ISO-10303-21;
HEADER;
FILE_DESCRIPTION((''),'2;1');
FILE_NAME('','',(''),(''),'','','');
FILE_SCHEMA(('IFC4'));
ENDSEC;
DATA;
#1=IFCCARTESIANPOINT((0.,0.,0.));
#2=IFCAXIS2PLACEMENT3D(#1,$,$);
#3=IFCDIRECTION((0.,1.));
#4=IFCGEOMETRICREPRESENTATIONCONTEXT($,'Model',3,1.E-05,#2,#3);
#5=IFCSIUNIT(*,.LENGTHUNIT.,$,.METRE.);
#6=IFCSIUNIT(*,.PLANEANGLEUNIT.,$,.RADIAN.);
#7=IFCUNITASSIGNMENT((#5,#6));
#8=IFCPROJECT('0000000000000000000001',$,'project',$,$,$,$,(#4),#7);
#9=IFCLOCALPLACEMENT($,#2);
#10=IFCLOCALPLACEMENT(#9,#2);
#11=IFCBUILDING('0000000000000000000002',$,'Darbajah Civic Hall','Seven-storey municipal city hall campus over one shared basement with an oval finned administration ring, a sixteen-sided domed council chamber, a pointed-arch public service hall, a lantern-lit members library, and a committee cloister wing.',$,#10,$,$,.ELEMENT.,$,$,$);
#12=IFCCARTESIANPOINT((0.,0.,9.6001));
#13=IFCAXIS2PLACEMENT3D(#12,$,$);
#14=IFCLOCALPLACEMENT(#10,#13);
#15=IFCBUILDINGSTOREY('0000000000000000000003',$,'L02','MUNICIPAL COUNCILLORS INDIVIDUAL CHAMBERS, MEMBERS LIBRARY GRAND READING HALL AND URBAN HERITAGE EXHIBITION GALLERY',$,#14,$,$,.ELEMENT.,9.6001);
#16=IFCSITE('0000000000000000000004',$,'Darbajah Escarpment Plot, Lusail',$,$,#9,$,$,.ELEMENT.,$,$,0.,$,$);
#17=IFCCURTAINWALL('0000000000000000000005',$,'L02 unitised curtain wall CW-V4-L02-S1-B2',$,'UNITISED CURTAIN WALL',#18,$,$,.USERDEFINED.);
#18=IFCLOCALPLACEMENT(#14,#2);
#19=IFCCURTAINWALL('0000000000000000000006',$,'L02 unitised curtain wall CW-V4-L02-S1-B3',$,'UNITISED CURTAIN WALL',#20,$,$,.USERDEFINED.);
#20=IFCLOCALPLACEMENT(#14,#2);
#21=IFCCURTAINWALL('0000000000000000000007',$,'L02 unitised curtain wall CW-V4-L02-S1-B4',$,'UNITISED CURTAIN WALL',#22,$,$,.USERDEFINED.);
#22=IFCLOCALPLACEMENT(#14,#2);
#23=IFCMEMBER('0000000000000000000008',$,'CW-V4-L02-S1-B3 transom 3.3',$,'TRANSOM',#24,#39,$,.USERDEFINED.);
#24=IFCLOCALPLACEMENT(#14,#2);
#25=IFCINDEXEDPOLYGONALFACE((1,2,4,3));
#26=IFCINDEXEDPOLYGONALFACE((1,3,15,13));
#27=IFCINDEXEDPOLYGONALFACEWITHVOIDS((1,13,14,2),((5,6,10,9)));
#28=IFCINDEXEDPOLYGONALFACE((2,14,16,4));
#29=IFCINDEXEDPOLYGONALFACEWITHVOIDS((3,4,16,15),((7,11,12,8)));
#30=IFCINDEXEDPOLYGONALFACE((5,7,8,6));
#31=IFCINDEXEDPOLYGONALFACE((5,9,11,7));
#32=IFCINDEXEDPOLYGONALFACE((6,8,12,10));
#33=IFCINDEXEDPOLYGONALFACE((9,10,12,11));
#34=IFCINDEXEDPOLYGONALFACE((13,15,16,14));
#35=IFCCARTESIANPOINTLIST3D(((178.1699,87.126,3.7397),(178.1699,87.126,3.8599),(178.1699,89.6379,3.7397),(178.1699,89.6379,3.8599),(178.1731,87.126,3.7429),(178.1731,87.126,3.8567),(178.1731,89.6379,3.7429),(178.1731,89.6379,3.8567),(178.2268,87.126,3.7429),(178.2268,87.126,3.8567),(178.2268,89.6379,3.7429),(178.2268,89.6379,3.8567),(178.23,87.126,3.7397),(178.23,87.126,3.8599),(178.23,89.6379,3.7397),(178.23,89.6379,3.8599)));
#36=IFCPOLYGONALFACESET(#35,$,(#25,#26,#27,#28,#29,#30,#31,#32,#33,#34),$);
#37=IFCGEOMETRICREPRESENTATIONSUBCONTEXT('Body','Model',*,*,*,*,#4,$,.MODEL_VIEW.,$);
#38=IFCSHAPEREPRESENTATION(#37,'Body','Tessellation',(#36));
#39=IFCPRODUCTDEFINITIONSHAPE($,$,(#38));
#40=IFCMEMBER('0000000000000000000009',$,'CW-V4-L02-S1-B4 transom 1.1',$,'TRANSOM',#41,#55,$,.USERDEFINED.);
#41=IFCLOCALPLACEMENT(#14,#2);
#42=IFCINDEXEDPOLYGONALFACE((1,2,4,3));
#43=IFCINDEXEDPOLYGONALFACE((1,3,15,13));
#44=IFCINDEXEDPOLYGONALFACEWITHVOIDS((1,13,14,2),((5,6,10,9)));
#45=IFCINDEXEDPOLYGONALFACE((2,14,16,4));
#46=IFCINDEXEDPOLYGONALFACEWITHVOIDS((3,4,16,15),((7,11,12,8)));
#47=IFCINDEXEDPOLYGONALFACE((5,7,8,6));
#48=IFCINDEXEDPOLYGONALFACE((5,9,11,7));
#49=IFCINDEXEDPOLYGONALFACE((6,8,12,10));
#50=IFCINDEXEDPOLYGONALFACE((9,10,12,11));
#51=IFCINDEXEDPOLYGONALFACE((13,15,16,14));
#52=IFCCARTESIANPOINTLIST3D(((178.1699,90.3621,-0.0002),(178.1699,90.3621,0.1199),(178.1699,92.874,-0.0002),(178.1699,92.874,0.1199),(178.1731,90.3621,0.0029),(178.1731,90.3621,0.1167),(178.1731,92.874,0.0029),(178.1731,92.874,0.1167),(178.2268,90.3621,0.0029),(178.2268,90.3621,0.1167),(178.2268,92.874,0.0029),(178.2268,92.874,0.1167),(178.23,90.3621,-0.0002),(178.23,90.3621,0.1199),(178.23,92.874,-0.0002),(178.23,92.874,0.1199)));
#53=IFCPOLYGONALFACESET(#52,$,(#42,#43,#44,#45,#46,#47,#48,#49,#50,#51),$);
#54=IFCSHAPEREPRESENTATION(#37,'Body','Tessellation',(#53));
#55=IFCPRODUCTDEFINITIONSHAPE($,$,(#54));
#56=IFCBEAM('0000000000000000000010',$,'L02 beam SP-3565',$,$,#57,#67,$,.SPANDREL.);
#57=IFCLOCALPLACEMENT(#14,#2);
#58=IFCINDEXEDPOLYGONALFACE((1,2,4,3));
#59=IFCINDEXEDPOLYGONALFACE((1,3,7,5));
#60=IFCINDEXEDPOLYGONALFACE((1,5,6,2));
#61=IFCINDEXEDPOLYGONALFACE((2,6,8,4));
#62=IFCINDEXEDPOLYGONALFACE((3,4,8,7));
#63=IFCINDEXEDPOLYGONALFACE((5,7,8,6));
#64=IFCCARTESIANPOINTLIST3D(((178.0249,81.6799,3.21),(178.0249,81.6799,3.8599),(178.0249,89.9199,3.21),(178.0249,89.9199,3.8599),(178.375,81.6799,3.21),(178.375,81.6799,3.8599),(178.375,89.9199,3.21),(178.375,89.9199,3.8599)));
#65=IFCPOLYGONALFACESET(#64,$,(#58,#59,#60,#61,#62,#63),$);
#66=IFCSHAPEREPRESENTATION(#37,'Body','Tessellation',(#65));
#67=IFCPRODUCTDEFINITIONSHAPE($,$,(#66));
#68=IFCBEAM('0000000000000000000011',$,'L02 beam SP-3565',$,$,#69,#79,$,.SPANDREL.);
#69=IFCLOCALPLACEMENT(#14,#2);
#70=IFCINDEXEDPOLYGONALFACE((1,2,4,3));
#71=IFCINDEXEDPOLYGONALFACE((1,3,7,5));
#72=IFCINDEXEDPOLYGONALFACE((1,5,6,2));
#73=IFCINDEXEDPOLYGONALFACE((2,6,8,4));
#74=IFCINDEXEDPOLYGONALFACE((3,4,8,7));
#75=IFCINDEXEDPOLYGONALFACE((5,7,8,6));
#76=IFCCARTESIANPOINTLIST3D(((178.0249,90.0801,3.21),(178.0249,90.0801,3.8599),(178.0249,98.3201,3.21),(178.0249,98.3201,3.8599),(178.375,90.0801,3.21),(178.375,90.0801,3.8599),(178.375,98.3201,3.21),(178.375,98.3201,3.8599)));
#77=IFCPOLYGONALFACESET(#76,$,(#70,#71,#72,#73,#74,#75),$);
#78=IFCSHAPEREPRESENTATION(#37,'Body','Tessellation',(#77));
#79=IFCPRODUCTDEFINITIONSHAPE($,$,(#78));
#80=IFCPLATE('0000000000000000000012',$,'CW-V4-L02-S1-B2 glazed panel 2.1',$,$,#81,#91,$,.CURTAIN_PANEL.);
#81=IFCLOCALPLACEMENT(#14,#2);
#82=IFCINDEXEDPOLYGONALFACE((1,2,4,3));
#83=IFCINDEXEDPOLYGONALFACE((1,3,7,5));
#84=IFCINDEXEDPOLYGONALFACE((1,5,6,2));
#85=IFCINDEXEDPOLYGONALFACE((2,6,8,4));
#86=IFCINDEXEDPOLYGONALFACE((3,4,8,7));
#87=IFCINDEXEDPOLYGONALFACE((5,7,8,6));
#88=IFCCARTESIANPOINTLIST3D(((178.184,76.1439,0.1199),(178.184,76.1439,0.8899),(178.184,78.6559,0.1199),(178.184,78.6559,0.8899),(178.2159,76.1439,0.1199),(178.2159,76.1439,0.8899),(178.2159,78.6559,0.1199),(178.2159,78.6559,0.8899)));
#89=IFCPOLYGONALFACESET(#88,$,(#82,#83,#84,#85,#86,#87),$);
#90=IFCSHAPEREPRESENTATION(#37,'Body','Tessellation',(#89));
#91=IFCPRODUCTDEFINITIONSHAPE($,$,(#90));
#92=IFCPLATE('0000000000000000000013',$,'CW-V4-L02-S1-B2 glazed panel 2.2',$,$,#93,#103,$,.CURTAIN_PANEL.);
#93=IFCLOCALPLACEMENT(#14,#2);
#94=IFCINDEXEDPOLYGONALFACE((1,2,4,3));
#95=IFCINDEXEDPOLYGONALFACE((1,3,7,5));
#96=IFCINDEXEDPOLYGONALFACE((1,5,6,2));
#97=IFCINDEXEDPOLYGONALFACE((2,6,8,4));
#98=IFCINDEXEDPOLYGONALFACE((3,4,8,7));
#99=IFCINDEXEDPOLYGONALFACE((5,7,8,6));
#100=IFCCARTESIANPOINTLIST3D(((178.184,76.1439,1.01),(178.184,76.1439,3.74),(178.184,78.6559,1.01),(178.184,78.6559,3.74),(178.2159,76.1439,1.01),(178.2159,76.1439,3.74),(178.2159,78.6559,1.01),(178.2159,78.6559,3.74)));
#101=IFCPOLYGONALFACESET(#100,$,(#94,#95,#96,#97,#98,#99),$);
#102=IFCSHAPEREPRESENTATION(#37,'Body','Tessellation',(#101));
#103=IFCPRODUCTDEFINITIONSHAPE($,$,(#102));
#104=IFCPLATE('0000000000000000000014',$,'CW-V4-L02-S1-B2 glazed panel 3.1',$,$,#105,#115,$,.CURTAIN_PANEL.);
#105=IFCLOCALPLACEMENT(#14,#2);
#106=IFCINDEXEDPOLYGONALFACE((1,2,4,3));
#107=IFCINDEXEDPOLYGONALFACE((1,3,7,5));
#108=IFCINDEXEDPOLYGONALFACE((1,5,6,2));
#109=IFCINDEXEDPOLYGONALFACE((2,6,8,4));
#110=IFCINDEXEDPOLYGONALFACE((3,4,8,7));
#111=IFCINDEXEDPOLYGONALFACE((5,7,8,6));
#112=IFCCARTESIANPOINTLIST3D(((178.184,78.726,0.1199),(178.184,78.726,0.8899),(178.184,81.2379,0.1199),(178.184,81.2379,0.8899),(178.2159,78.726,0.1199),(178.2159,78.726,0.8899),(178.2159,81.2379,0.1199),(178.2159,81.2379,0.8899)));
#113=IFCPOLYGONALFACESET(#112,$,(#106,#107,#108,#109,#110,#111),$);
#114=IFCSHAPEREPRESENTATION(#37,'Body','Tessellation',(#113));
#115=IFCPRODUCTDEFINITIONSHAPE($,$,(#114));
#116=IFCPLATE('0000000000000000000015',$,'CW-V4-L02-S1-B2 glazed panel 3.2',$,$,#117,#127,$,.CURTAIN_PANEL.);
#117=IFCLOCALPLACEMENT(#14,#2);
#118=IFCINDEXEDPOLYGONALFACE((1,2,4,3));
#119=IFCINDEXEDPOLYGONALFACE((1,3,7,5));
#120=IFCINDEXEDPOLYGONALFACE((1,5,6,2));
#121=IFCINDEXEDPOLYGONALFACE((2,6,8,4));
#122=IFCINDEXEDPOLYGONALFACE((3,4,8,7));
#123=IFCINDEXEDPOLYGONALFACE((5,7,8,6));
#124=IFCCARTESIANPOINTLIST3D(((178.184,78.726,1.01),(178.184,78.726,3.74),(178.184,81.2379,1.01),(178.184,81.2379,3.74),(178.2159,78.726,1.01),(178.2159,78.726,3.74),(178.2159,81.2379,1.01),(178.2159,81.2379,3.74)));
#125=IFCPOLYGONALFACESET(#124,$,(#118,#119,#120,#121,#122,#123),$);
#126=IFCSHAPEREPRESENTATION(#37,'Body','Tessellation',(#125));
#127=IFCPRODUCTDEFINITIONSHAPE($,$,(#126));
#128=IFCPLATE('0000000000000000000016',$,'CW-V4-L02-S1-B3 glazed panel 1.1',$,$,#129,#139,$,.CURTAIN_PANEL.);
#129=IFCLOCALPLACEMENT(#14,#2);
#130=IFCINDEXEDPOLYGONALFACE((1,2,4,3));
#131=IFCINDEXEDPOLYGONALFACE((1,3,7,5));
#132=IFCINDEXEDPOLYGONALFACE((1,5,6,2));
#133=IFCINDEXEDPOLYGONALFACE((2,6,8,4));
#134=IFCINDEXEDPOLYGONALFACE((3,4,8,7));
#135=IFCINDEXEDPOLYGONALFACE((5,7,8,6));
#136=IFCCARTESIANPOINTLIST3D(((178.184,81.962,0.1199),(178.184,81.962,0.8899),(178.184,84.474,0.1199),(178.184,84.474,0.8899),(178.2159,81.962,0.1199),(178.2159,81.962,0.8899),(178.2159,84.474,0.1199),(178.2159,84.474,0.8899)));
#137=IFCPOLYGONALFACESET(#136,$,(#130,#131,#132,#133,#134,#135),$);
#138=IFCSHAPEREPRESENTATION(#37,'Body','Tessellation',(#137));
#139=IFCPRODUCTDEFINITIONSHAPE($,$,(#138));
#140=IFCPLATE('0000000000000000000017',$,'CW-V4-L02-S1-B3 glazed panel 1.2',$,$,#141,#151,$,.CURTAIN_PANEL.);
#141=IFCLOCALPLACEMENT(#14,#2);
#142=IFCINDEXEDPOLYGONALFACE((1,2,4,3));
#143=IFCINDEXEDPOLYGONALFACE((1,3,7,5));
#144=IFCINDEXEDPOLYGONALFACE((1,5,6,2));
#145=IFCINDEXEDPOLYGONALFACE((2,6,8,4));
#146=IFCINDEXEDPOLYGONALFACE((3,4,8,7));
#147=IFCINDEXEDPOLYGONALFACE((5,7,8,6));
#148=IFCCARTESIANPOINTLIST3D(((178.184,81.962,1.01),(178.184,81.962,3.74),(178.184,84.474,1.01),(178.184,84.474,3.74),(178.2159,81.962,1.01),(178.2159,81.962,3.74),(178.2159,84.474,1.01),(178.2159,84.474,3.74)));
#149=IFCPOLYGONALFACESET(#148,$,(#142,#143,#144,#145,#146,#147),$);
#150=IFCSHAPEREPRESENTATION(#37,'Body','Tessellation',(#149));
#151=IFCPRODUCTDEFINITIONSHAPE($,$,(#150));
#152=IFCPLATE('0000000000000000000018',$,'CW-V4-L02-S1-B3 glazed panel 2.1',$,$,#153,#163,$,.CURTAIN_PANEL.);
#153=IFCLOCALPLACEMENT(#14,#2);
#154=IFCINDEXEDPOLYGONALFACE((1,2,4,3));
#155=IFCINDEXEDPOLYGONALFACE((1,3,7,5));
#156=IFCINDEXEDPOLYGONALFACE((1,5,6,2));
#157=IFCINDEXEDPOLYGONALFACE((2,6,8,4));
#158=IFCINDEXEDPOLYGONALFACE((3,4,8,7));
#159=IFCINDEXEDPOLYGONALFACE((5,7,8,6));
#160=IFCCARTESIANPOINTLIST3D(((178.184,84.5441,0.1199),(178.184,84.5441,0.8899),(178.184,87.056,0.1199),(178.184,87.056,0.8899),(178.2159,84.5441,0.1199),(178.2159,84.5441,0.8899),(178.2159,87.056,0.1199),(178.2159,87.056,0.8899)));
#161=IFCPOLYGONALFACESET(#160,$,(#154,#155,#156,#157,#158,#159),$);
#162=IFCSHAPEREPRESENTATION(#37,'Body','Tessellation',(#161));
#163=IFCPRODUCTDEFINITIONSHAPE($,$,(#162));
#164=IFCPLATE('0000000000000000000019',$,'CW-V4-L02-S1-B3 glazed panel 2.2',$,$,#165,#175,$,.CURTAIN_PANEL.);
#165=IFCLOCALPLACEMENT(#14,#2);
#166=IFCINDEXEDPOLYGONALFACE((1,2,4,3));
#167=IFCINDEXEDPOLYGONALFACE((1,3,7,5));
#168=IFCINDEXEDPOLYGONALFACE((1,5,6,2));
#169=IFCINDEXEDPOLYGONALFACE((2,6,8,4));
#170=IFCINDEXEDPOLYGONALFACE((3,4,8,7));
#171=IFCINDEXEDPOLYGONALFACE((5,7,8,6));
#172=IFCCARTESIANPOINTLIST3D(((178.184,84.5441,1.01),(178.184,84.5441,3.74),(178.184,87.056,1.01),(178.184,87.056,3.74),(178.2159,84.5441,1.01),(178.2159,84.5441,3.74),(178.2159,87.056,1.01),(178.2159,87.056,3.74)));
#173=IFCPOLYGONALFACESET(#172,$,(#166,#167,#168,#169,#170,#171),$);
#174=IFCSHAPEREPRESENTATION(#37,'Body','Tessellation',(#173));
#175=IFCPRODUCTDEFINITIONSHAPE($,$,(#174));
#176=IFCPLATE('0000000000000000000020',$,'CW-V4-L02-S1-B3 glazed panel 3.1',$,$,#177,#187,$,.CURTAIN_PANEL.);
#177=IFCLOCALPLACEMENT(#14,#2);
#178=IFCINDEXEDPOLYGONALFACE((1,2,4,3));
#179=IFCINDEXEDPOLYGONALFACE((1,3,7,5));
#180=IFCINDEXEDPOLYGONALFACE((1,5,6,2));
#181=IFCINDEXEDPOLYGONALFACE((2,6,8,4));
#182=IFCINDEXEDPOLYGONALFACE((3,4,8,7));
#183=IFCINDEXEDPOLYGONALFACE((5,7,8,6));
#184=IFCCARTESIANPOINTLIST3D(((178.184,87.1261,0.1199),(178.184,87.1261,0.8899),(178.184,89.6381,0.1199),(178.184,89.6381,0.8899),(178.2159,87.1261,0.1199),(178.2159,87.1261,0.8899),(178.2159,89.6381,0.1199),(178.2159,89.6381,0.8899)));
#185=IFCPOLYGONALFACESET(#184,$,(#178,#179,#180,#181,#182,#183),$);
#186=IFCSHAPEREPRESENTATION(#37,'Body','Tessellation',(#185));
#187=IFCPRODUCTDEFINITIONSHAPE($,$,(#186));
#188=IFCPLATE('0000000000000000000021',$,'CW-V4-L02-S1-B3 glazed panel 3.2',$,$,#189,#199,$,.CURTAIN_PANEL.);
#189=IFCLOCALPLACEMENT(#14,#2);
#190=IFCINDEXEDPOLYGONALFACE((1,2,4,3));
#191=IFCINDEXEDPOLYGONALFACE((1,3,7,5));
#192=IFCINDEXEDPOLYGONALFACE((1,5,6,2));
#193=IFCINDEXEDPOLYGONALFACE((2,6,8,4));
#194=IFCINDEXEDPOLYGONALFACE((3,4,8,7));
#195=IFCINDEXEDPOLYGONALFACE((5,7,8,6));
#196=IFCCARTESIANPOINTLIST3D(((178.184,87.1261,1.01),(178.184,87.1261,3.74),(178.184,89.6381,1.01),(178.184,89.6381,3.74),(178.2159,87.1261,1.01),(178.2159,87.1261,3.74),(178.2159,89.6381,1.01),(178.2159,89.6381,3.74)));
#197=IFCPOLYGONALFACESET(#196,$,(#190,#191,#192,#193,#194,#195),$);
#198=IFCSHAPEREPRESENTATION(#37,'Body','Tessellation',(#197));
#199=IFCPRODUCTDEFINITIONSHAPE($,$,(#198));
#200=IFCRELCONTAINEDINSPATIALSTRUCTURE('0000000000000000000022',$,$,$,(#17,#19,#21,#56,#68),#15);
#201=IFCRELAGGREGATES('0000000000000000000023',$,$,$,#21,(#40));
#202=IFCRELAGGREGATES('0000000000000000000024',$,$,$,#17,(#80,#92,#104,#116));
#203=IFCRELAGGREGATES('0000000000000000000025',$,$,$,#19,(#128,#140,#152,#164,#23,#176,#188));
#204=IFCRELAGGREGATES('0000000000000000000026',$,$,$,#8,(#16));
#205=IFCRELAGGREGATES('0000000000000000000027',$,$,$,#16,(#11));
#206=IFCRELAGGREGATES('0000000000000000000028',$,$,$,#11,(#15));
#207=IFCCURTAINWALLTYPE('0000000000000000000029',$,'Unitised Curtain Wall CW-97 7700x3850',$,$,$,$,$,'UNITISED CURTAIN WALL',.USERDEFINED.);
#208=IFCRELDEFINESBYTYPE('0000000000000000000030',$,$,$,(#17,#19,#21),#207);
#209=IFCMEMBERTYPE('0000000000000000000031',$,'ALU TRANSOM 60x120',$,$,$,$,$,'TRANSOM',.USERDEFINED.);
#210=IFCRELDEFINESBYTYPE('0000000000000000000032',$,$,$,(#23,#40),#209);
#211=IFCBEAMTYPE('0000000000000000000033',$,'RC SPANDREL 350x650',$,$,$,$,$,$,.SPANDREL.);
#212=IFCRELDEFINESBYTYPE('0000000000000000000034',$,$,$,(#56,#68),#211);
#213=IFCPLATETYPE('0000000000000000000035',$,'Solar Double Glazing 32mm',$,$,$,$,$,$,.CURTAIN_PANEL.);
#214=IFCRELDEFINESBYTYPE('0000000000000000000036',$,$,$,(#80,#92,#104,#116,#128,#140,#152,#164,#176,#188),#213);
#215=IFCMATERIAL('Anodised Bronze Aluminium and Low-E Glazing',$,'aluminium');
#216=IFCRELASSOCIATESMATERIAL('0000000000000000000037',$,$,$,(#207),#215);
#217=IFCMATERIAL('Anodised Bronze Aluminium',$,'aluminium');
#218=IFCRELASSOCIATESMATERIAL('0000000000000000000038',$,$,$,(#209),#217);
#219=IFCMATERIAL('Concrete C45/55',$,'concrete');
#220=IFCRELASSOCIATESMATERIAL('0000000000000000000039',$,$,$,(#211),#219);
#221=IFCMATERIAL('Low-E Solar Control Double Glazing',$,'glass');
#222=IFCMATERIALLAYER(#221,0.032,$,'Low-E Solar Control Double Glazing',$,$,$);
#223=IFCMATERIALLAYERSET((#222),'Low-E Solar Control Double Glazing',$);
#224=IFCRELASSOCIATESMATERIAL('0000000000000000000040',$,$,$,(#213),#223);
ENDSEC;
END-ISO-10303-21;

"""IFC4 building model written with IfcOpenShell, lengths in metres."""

from ifc_helpers import new_model, si_unit, direction, frame, origin, origin_2d, place, context, subcontext, project, spatial, rectangle, hollow_rectangle, extrude, material, layer, layer_set, material_profile, profile_set, type_object, element, aggregate, save


model = new_model("IFC4")

# Units and contexts
model_context = context("Model", 3, precision=1e-05, world=origin(), true_north=direction((0.0, 1.0)))
body_context = subcontext(model_context, "Body", "Model", "MODEL_VIEW")
ifc_project = project(units=[si_unit("LENGTHUNIT", "METRE"), si_unit("PLANEANGLEUNIT", "RADIAN")], contexts=[model_context])

# Site, building, storey
site_placement = place(None, origin())
site = spatial("IfcSite", under=ifc_project, at=site_placement, Name="Darbajah Escarpment Plot, Lusail", CompositionType="ELEMENT", RefElevation=0.0)
building_placement = place(site_placement, origin())
building = spatial("IfcBuilding", under=site, at=building_placement, Name="Darbajah Civic Hall", Description="Seven-storey municipal city hall campus over one shared basement with an oval finned administration ring, a sixteen-sided domed council chamber, a pointed-arch public service hall, a lantern-lit members library, and a committee cloister wing.", CompositionType="ELEMENT")
storey_placement = place(building_placement, frame((0.0, 0.0, 9.6001)))
storey = spatial("IfcBuildingStorey", under=building, at=storey_placement, Name="L02", Description="MUNICIPAL COUNCILLORS INDIVIDUAL CHAMBERS, MEMBERS LIBRARY GRAND READING HALL AND URBAN HERITAGE EXHIBITION GALLERY", CompositionType="ELEMENT", Elevation=9.6001)

# Shared definitions
ifc_material_1 = material(Name="Concrete C45/55", Category="concrete")

# Curtain walls
ifc_material_2 = material(Name="Anodised Bronze Aluminium and Low-E Glazing", Category="aluminium")
curtain_wall_type = type_object("IfcCurtainWallType", Name="Unitised Curtain Wall CW-97 7700x3850", ElementType="UNITISED CURTAIN WALL", PredefinedType="USERDEFINED", material=ifc_material_2)
curtain_wall_1_placement = place(storey_placement, origin())
curtain_wall_1 = element("IfcCurtainWall", 1, at=curtain_wall_1_placement, inside=storey, type_object=curtain_wall_type, Name="L02 unitised curtain wall CW-V4-L02-S1-B2", ObjectType="UNITISED CURTAIN WALL", PredefinedType="USERDEFINED")
ifc_material_3 = material(Name="Anodised Bronze Aluminium", Category="aluminium")
curtain_wall_2_placement = place(storey_placement, origin())
curtain_wall_2 = element("IfcCurtainWall", 2, at=curtain_wall_2_placement, inside=storey, type_object=curtain_wall_type, Name="L02 unitised curtain wall CW-V4-L02-S1-B3", ObjectType="UNITISED CURTAIN WALL", PredefinedType="USERDEFINED")

# Curtain wall
curtain_wall_3_placement = place(storey_placement, origin())
curtain_wall_3 = element("IfcCurtainWall", 3, at=curtain_wall_3_placement, inside=storey, type_object=curtain_wall_type, Name="L02 unitised curtain wall CW-V4-L02-S1-B4", ObjectType="UNITISED CURTAIN WALL", PredefinedType="USERDEFINED")

# Members
ifc_material_profile_1 = material_profile(ifc_material_3, hollow_rectangle(XDim=0.0601, YDim=0.1201, WallThickness=0.0032, at=origin_2d()), Name="ALU TRANSOM 60x120")
ifc_profile_set_1 = profile_set([ifc_material_profile_1], Name="Anodised Bronze Aluminium")
member_type_1 = type_object("IfcMemberType", Name="ALU TRANSOM 60x120", ElementType="TRANSOM", PredefinedType="USERDEFINED", material=ifc_profile_set_1)
member_1_placement = place(storey_placement, frame((178.2, 87.126, 3.7998), z_axis=(0.0, 1.0, 0.0), x_axis=(-1.0, 0.0, 0.0)))
member_1 = element("IfcMember", 4, at=member_1_placement, type_object=member_type_1, Name="CW-V4-L02-S1-B3 transom 3.3", ObjectType="TRANSOM", PredefinedType="USERDEFINED", context=body_context, shape_type="SweptSolid", body=[
    extrude(hollow_rectangle(XDim=0.0601, YDim=0.1201, WallThickness=0.0032, at=origin_2d()), origin(), (0.0, 0.0, 1.0), 2.512),
])
member_2_placement = place(storey_placement, frame((178.2, 90.3621, 0.0598), z_axis=(0.0, 1.0, 0.0), x_axis=(-1.0, 0.0, 0.0)))
member_2 = element("IfcMember", 5, at=member_2_placement, type_object=member_type_1, Name="CW-V4-L02-S1-B4 transom 1.1", ObjectType="TRANSOM", PredefinedType="USERDEFINED", context=body_context, shape_type="SweptSolid", body=[
    extrude(hollow_rectangle(XDim=0.0601, YDim=0.1201, WallThickness=0.0032, at=origin_2d()), origin(), (0.0, 0.0, 1.0), 2.512),
])
aggregate(curtain_wall_3, [member_2])

# Beams
ifc_material_profile_2 = material_profile(ifc_material_1, rectangle(XDim=0.3501, YDim=0.6499, at=origin_2d()), Name="RC SPANDREL 350x650")
ifc_profile_set_2 = profile_set([ifc_material_profile_2], Name="Concrete C45/55")
beam_type = type_object("IfcBeamType", Name="RC SPANDREL 350x650", PredefinedType="SPANDREL", material=ifc_profile_set_2)
for number, where, z_axis, x_axis, name in (
    (6, (178.2, 81.6799, 3.5349), (0.0, 1.0, 0.0), (-1.0, 0.0, 0.0), "L02 beam SP-3565"),
    (7, (178.2, 90.0801, 3.5349), (0.0, 1.0, 0.0), (-1.0, 0.0, 0.0), "L02 beam SP-3565"),
):
    element("IfcBeam", number, at=place(storey_placement, frame(where, z_axis=z_axis, x_axis=x_axis)), inside=storey, type_object=beam_type, Name=name, PredefinedType="SPANDREL", context=body_context, shape_type="SweptSolid", body=[
        extrude(rectangle(XDim=0.3501, YDim=0.6499, at=origin_2d()), origin(), (0.0, 0.0, 1.0), 8.24),
    ])

# Plates
ifc_material_4 = material(Name="Low-E Solar Control Double Glazing", Category="glass")
ifc_layer = layer(ifc_material_4, 0.032, Name="Low-E Solar Control Double Glazing")
ifc_layer_set = layer_set([ifc_layer], Name="Low-E Solar Control Double Glazing")
plate_type = type_object("IfcPlateType", Name="Solar Double Glazing 32mm", PredefinedType="CURTAIN_PANEL", material=ifc_layer_set)
plate_1_placement = place(storey_placement, frame((178.2, 77.3999, 0.1199), z_axis=(0.0, 0.0, 1.0), x_axis=(0.0, 1.0, 0.0)))
plate_1 = element("IfcPlate", 8, at=plate_1_placement, type_object=plate_type, Name="CW-V4-L02-S1-B2 glazed panel 2.1", PredefinedType="CURTAIN_PANEL", context=body_context, shape_type="SweptSolid", body=[
    extrude(rectangle(XDim=2.512, YDim=0.032, at=origin_2d()), origin(), (0.0, 0.0, 1.0), 0.77),
])
plate_2_placement = place(storey_placement, frame((178.2, 77.3999, 1.01), z_axis=(0.0, 0.0, 1.0), x_axis=(0.0, 1.0, 0.0)))
plate_2 = element("IfcPlate", 9, at=plate_2_placement, type_object=plate_type, Name="CW-V4-L02-S1-B2 glazed panel 2.2", PredefinedType="CURTAIN_PANEL", context=body_context, shape_type="SweptSolid", body=[
    extrude(rectangle(XDim=2.512, YDim=0.032, at=origin_2d()), origin(), (0.0, 0.0, 1.0), 2.73),
])
plate_3_placement = place(storey_placement, frame((178.2, 79.9819, 0.1199), z_axis=(0.0, 0.0, 1.0), x_axis=(0.0, 1.0, 0.0)))
plate_3 = element("IfcPlate", 10, at=plate_3_placement, type_object=plate_type, Name="CW-V4-L02-S1-B2 glazed panel 3.1", PredefinedType="CURTAIN_PANEL", context=body_context, shape_type="SweptSolid", body=[
    extrude(rectangle(XDim=2.512, YDim=0.032, at=origin_2d()), origin(), (0.0, 0.0, 1.0), 0.77),
])
plate_4_placement = place(storey_placement, frame((178.2, 79.9819, 1.01), z_axis=(0.0, 0.0, 1.0), x_axis=(0.0, 1.0, 0.0)))
plate_4 = element("IfcPlate", 11, at=plate_4_placement, type_object=plate_type, Name="CW-V4-L02-S1-B2 glazed panel 3.2", PredefinedType="CURTAIN_PANEL", context=body_context, shape_type="SweptSolid", body=[
    extrude(rectangle(XDim=2.512, YDim=0.032, at=origin_2d()), origin(), (0.0, 0.0, 1.0), 2.73),
])
aggregate(curtain_wall_1, [plate_1, plate_2, plate_3, plate_4])
plate_5_placement = place(storey_placement, frame((178.2, 83.218, 0.1199), z_axis=(0.0, 0.0, 1.0), x_axis=(0.0, 1.0, 0.0)))
plate_5 = element("IfcPlate", 12, at=plate_5_placement, type_object=plate_type, Name="CW-V4-L02-S1-B3 glazed panel 1.1", PredefinedType="CURTAIN_PANEL", context=body_context, shape_type="SweptSolid", body=[
    extrude(rectangle(XDim=2.512, YDim=0.032, at=origin_2d()), origin(), (0.0, 0.0, 1.0), 0.77),
])
plate_6_placement = place(storey_placement, frame((178.2, 83.218, 1.01), z_axis=(0.0, 0.0, 1.0), x_axis=(0.0, 1.0, 0.0)))
plate_6 = element("IfcPlate", 13, at=plate_6_placement, type_object=plate_type, Name="CW-V4-L02-S1-B3 glazed panel 1.2", PredefinedType="CURTAIN_PANEL", context=body_context, shape_type="SweptSolid", body=[
    extrude(rectangle(XDim=2.512, YDim=0.032, at=origin_2d()), origin(), (0.0, 0.0, 1.0), 2.73),
])
plate_7_placement = place(storey_placement, frame((178.2, 85.8, 0.1199), z_axis=(0.0, 0.0, 1.0), x_axis=(0.0, 1.0, 0.0)))
plate_7 = element("IfcPlate", 14, at=plate_7_placement, type_object=plate_type, Name="CW-V4-L02-S1-B3 glazed panel 2.1", PredefinedType="CURTAIN_PANEL", context=body_context, shape_type="SweptSolid", body=[
    extrude(rectangle(XDim=2.512, YDim=0.032, at=origin_2d()), origin(), (0.0, 0.0, 1.0), 0.77),
])
plate_8_placement = place(storey_placement, frame((178.2, 85.8, 1.01), z_axis=(0.0, 0.0, 1.0), x_axis=(0.0, 1.0, 0.0)))
plate_8 = element("IfcPlate", 15, at=plate_8_placement, type_object=plate_type, Name="CW-V4-L02-S1-B3 glazed panel 2.2", PredefinedType="CURTAIN_PANEL", context=body_context, shape_type="SweptSolid", body=[
    extrude(rectangle(XDim=2.512, YDim=0.032, at=origin_2d()), origin(), (0.0, 0.0, 1.0), 2.73),
])
plate_9_placement = place(storey_placement, frame((178.2, 88.3821, 0.1199), z_axis=(0.0, 0.0, 1.0), x_axis=(0.0, 1.0, 0.0)))
plate_9 = element("IfcPlate", 16, at=plate_9_placement, type_object=plate_type, Name="CW-V4-L02-S1-B3 glazed panel 3.1", PredefinedType="CURTAIN_PANEL", context=body_context, shape_type="SweptSolid", body=[
    extrude(rectangle(XDim=2.512, YDim=0.032, at=origin_2d()), origin(), (0.0, 0.0, 1.0), 0.77),
])
plate_10_placement = place(storey_placement, frame((178.2, 88.3821, 1.01), z_axis=(0.0, 0.0, 1.0), x_axis=(0.0, 1.0, 0.0)))
plate_10 = element("IfcPlate", 17, at=plate_10_placement, type_object=plate_type, Name="CW-V4-L02-S1-B3 glazed panel 3.2", PredefinedType="CURTAIN_PANEL", context=body_context, shape_type="SweptSolid", body=[
    extrude(rectangle(XDim=2.512, YDim=0.032, at=origin_2d()), origin(), (0.0, 0.0, 1.0), 2.73),
])
aggregate(curtain_wall_2, [plate_5, plate_6, plate_7, plate_8, member_1, plate_9, plate_10])

save(model, "model.ifc")
